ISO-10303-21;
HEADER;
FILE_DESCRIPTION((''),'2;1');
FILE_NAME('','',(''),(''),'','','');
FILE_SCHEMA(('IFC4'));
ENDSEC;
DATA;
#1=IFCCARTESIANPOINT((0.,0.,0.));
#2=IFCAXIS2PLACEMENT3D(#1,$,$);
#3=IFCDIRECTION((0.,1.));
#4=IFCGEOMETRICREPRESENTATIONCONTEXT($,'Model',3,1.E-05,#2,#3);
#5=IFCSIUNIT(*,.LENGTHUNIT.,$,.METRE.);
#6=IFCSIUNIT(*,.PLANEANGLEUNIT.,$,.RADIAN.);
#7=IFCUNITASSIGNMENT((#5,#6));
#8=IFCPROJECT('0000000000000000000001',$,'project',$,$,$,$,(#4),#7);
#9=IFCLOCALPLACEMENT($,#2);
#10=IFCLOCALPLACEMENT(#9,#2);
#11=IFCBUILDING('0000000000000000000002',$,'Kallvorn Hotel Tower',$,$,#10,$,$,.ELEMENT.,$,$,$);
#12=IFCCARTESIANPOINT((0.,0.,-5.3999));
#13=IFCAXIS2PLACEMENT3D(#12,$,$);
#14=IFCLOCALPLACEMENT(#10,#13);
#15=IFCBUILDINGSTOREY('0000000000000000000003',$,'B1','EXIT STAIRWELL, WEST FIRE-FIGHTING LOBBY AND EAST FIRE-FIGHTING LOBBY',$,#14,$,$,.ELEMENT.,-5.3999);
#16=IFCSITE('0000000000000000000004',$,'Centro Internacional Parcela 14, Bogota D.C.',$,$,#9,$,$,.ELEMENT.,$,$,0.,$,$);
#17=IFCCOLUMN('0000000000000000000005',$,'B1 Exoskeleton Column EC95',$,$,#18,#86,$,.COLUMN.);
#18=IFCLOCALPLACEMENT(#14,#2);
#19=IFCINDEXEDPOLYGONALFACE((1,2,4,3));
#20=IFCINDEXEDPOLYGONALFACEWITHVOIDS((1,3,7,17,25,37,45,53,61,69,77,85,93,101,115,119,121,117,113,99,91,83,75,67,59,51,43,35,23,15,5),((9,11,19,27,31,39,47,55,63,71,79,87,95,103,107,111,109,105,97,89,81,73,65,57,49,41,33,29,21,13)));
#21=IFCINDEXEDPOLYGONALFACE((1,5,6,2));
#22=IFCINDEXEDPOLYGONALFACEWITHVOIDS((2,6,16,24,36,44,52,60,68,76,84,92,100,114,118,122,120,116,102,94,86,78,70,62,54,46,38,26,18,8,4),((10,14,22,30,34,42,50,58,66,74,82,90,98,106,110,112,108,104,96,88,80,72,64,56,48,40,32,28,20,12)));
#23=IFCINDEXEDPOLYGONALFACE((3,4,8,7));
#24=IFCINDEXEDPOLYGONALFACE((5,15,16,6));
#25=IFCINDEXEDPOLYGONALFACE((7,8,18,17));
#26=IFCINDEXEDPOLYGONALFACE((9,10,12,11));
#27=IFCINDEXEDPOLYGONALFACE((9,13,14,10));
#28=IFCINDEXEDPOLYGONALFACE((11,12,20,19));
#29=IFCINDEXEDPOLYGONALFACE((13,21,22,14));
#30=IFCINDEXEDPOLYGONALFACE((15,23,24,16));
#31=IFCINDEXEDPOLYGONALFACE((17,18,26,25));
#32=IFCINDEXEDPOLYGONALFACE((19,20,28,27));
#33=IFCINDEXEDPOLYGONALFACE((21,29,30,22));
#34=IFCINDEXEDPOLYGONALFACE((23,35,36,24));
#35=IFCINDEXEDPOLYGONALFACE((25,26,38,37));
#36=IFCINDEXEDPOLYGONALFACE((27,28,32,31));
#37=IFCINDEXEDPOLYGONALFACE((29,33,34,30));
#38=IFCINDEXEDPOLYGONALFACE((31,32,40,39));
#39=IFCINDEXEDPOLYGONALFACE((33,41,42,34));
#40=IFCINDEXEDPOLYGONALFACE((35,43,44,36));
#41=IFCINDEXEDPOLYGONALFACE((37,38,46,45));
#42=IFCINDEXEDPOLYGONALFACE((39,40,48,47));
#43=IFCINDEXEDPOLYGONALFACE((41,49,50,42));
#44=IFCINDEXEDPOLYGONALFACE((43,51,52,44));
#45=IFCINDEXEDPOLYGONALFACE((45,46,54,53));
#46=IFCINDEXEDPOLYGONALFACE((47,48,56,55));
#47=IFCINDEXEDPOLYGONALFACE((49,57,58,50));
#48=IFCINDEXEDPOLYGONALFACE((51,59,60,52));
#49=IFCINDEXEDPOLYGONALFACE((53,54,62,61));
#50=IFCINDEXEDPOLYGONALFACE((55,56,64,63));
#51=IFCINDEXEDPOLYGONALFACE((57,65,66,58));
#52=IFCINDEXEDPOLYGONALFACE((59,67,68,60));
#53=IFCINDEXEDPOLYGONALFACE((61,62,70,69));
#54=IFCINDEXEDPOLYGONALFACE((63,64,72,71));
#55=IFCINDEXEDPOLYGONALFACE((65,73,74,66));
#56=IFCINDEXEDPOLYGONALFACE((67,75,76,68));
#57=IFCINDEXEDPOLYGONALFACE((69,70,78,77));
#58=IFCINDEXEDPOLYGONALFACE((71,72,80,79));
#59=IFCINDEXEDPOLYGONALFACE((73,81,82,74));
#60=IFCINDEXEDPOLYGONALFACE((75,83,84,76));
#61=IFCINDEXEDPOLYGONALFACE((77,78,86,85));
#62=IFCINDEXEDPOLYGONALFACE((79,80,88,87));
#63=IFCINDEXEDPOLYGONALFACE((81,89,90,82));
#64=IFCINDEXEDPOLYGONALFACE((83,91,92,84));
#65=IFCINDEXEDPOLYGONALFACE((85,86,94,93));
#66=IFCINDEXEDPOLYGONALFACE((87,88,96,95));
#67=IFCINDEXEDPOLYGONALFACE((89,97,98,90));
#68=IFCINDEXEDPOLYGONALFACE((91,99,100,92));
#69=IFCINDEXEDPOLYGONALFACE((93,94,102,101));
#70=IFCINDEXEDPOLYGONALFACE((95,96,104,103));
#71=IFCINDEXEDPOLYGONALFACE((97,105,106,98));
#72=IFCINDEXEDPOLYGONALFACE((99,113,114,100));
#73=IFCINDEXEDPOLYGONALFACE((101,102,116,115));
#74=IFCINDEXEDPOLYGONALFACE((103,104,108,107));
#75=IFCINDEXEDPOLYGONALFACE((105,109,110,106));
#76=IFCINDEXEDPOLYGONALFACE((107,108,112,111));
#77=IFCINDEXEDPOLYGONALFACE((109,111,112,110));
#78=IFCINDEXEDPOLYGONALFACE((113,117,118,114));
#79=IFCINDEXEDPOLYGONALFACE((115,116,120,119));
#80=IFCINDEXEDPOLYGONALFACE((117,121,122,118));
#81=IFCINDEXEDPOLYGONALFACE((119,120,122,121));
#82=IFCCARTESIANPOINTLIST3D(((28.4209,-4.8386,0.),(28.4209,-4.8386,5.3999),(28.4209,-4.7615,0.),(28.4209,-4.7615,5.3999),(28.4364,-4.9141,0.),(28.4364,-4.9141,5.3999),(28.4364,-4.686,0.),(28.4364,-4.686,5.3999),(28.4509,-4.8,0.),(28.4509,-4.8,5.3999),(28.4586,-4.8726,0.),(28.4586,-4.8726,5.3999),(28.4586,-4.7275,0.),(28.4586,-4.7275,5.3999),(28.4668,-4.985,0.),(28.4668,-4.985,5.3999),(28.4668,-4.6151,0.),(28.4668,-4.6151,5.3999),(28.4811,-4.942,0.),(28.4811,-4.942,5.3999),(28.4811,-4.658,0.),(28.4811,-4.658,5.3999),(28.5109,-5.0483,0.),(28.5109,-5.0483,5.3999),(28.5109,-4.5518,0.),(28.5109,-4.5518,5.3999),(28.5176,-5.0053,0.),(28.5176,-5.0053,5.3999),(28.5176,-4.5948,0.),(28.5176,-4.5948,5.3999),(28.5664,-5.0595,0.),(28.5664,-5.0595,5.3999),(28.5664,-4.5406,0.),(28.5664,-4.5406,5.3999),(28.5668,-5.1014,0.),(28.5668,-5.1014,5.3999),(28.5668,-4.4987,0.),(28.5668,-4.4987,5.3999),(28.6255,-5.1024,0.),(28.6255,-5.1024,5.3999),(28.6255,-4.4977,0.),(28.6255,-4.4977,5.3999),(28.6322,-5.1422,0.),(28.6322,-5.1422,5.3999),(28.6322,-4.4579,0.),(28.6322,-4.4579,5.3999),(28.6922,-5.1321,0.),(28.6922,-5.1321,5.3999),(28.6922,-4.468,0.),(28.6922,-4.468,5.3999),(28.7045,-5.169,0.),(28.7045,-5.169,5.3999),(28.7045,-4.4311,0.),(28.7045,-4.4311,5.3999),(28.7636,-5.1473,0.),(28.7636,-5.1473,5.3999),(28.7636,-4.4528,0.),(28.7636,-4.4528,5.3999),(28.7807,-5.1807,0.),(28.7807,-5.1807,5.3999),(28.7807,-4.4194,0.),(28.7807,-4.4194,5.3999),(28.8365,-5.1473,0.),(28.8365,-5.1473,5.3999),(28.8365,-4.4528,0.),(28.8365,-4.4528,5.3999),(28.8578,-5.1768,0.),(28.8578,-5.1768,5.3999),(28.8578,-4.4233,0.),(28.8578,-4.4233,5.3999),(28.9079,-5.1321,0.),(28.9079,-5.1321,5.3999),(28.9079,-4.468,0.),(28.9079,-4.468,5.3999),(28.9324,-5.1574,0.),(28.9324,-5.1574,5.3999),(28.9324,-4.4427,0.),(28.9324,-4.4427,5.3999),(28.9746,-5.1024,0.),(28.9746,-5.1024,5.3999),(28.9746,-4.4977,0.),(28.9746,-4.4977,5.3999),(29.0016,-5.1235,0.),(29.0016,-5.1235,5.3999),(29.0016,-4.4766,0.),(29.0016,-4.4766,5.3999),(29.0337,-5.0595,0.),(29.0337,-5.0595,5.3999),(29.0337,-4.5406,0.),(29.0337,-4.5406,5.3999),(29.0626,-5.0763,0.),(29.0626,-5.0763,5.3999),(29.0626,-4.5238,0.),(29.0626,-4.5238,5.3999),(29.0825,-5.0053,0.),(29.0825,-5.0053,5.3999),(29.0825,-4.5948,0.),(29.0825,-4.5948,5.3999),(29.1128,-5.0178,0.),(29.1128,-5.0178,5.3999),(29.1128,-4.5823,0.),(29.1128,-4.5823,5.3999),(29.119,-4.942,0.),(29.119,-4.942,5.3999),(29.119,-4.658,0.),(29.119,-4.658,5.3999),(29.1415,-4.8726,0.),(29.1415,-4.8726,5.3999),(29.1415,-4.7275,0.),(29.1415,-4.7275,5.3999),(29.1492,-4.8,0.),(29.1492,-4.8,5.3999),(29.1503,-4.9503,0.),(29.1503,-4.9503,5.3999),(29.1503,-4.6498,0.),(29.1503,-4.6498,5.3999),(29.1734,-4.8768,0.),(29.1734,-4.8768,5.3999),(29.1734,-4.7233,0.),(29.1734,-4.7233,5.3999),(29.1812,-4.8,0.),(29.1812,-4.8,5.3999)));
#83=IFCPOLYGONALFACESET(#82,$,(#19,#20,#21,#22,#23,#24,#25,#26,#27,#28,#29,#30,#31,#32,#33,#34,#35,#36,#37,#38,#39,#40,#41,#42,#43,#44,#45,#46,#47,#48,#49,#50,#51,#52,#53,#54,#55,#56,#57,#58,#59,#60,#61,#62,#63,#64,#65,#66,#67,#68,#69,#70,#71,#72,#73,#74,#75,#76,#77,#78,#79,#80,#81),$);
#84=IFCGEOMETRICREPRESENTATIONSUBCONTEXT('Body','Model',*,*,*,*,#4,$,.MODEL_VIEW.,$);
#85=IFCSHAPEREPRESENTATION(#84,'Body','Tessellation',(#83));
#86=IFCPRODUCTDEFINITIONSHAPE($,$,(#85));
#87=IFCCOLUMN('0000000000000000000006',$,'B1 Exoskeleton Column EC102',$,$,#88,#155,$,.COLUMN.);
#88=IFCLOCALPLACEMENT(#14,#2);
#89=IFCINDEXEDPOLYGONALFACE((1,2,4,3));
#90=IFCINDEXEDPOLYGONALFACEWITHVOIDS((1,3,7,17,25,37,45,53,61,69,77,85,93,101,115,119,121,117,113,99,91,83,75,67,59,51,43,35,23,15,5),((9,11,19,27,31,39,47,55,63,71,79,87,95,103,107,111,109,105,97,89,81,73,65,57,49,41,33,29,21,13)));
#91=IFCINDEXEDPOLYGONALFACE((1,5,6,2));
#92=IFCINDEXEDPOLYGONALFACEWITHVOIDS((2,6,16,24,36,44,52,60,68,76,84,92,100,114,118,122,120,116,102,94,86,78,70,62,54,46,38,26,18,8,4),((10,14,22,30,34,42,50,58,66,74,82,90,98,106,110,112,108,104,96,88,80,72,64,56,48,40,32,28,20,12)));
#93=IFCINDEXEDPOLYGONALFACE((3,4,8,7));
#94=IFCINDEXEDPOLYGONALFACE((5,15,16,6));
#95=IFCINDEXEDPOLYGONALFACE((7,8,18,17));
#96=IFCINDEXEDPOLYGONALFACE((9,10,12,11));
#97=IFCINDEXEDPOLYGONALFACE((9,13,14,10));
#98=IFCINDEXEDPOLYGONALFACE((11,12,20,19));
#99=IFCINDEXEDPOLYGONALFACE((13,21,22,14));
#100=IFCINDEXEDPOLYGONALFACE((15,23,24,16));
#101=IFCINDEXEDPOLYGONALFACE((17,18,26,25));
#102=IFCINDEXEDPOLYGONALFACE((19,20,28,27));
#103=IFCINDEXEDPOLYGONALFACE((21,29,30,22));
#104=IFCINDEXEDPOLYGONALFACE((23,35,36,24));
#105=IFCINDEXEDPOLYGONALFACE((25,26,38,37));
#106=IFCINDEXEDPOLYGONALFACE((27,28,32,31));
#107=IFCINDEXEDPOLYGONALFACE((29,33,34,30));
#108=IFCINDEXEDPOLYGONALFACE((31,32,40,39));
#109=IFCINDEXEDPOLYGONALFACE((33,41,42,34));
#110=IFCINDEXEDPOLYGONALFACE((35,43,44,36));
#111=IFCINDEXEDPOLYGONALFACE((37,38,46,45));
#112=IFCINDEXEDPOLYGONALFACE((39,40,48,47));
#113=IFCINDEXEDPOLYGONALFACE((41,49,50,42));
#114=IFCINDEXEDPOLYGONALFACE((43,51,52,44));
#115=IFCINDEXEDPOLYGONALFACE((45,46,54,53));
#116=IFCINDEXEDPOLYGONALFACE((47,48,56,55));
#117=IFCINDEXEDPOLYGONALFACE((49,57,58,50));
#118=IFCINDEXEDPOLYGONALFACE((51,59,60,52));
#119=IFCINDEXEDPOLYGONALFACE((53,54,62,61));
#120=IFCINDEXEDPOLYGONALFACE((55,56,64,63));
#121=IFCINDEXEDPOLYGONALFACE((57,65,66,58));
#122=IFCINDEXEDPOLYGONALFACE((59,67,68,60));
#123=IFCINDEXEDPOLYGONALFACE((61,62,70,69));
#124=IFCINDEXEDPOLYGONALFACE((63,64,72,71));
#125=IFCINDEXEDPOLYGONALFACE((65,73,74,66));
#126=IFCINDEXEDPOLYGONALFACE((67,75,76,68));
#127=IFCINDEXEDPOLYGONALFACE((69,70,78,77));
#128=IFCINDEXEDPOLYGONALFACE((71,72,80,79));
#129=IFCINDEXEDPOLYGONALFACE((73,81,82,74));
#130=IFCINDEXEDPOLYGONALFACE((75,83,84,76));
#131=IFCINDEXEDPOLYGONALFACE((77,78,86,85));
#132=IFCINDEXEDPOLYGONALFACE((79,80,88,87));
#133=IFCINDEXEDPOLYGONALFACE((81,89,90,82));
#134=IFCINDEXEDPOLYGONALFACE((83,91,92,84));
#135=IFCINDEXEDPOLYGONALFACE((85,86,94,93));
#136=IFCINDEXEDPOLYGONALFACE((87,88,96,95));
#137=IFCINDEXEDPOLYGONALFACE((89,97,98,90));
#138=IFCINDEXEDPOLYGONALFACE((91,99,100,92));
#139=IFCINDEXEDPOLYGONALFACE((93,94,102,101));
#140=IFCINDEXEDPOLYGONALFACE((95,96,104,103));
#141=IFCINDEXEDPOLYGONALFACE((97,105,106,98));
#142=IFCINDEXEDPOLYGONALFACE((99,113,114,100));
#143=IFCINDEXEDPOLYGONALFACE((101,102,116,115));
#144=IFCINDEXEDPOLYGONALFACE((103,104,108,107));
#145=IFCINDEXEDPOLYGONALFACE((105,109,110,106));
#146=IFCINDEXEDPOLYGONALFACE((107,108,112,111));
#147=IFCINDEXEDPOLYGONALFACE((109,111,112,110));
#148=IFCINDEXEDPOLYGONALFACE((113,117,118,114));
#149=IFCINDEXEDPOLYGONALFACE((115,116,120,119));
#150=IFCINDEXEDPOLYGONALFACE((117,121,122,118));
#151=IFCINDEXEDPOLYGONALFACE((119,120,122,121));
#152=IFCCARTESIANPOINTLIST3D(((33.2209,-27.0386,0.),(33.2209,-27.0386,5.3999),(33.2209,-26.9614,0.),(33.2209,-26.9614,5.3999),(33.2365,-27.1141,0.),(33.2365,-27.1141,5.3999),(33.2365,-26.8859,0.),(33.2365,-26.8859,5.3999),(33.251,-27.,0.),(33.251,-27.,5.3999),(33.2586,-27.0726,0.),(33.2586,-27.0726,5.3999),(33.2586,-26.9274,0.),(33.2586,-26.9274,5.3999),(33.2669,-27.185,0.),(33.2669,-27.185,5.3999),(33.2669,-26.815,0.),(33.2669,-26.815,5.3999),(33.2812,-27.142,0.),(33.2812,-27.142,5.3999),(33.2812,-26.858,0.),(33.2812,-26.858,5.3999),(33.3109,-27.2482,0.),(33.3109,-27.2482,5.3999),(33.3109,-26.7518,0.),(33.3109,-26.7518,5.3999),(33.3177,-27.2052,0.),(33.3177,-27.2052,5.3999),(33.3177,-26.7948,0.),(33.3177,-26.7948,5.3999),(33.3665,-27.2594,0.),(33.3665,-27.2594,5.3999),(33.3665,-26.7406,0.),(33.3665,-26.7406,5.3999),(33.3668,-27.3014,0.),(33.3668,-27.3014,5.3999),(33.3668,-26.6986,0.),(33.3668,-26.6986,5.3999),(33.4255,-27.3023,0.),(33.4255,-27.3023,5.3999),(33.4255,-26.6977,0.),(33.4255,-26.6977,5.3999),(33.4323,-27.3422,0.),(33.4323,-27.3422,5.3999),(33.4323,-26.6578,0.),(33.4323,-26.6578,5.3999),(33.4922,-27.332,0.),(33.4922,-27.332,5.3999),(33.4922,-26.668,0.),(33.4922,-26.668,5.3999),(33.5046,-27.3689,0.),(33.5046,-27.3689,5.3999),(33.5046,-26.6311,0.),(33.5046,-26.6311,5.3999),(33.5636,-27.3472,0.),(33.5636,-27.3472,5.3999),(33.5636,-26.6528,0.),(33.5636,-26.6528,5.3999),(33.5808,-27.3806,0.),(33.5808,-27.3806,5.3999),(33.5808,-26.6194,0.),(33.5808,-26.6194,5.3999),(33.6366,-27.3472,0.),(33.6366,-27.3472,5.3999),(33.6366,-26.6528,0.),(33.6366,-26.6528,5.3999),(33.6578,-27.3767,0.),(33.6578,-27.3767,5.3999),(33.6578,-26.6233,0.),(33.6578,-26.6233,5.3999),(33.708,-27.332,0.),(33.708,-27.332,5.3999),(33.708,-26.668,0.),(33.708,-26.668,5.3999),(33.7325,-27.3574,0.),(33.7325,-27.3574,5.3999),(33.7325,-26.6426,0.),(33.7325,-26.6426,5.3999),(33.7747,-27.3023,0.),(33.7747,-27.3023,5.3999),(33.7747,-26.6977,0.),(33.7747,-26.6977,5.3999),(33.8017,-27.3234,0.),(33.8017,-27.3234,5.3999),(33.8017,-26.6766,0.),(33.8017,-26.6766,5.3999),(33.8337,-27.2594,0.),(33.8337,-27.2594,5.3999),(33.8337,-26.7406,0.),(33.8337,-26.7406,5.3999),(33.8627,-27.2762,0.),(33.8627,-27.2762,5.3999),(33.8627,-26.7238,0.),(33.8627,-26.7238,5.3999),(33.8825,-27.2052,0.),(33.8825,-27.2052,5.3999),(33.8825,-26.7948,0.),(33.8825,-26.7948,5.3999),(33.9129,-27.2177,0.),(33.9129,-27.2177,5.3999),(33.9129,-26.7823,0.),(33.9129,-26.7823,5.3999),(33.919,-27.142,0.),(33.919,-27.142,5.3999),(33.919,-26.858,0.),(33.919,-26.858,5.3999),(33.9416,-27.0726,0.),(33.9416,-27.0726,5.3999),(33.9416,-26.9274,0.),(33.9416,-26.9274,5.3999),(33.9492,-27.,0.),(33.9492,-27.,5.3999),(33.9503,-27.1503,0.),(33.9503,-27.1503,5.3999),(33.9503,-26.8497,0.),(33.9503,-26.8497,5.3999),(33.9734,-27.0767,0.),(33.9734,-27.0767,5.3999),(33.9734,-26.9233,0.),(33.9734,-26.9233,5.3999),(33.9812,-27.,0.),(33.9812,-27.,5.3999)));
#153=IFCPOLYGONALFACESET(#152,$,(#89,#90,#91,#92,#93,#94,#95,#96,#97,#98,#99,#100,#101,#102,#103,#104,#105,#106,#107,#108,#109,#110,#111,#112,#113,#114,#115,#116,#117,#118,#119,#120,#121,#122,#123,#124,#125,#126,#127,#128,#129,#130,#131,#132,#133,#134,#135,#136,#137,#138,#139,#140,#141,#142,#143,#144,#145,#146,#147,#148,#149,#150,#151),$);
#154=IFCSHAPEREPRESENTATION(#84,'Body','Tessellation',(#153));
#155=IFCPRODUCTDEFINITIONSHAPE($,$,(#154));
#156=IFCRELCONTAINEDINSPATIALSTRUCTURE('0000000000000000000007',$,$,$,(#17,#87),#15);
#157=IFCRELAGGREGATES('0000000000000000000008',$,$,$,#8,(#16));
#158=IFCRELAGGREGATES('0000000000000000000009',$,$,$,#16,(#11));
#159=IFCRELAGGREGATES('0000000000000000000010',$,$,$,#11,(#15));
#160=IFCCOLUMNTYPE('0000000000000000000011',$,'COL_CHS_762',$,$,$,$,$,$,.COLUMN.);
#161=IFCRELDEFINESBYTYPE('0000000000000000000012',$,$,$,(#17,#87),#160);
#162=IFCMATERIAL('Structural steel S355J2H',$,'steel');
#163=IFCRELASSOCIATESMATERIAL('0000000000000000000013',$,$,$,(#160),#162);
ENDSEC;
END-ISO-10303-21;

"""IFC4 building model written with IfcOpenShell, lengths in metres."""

from ifc_helpers import new_model, si_unit, direction, frame, origin, origin_2d, place, context, subcontext, project, spatial, hollow_circle, extrude, material, material_profile, profile_set, type_object, element, save


model = new_model("IFC4")

# Units and contexts
model_context = context("Model", 3, precision=1e-05, world=origin(), true_north=direction((0.0, 1.0)))
body_context = subcontext(model_context, "Body", "Model", "MODEL_VIEW")
ifc_project = project(units=[si_unit("LENGTHUNIT", "METRE"), si_unit("PLANEANGLEUNIT", "RADIAN")], contexts=[model_context])

# Site, building, storey
site_placement = place(None, origin())
site = spatial("IfcSite", under=ifc_project, at=site_placement, Name="Centro Internacional Parcela 14, Bogota D.C.", CompositionType="ELEMENT", RefElevation=0.0)
building_placement = place(site_placement, origin())
building = spatial("IfcBuilding", under=site, at=building_placement, Name="Kallvorn Hotel Tower", CompositionType="ELEMENT")
storey_placement = place(building_placement, frame((0.0, 0.0, -5.3999)))
storey = spatial("IfcBuildingStorey", under=building, at=storey_placement, Name="B1", Description="EXIT STAIRWELL, WEST FIRE-FIGHTING LOBBY AND EAST FIRE-FIGHTING LOBBY", CompositionType="ELEMENT", Elevation=-5.3999)

# Columns
ifc_material_1 = material(Name="Structural steel S355J2H", Category="steel")
ifc_material_profile_1 = material_profile(ifc_material_1, hollow_circle(Radius=0.3811, WallThickness=0.032, at=origin_2d()), Name="CHS 762x32")
ifc_profile_set_1 = profile_set([ifc_material_profile_1], Name="Structural steel S355J2H")
column_type = type_object("IfcColumnType", Name="COL_CHS_762", PredefinedType="COLUMN", material=ifc_profile_set_1)
for number, where, z_axis, x_axis, name in (
    (1, (28.8, -4.8, 0.0), (0.0, 0.0, 1.0), (1.0, 0.0, 0.0), "B1 Exoskeleton Column EC95"),
    (2, (33.6001, -27.0, 0.0), (0.0, 0.0, 1.0), (1.0, 0.0, 0.0), "B1 Exoskeleton Column EC102"),
):
    element("IfcColumn", number, at=place(storey_placement, frame(where, z_axis=z_axis, x_axis=x_axis)), inside=storey, type_object=column_type, Name=name, PredefinedType="COLUMN", context=body_context, shape_type="SweptSolid", body=[
        extrude(hollow_circle(Radius=0.3811, WallThickness=0.032, at=origin_2d()), origin(), (0.0, 0.0, 1.0), 5.3999),
    ])

save(model, "model.ifc")
